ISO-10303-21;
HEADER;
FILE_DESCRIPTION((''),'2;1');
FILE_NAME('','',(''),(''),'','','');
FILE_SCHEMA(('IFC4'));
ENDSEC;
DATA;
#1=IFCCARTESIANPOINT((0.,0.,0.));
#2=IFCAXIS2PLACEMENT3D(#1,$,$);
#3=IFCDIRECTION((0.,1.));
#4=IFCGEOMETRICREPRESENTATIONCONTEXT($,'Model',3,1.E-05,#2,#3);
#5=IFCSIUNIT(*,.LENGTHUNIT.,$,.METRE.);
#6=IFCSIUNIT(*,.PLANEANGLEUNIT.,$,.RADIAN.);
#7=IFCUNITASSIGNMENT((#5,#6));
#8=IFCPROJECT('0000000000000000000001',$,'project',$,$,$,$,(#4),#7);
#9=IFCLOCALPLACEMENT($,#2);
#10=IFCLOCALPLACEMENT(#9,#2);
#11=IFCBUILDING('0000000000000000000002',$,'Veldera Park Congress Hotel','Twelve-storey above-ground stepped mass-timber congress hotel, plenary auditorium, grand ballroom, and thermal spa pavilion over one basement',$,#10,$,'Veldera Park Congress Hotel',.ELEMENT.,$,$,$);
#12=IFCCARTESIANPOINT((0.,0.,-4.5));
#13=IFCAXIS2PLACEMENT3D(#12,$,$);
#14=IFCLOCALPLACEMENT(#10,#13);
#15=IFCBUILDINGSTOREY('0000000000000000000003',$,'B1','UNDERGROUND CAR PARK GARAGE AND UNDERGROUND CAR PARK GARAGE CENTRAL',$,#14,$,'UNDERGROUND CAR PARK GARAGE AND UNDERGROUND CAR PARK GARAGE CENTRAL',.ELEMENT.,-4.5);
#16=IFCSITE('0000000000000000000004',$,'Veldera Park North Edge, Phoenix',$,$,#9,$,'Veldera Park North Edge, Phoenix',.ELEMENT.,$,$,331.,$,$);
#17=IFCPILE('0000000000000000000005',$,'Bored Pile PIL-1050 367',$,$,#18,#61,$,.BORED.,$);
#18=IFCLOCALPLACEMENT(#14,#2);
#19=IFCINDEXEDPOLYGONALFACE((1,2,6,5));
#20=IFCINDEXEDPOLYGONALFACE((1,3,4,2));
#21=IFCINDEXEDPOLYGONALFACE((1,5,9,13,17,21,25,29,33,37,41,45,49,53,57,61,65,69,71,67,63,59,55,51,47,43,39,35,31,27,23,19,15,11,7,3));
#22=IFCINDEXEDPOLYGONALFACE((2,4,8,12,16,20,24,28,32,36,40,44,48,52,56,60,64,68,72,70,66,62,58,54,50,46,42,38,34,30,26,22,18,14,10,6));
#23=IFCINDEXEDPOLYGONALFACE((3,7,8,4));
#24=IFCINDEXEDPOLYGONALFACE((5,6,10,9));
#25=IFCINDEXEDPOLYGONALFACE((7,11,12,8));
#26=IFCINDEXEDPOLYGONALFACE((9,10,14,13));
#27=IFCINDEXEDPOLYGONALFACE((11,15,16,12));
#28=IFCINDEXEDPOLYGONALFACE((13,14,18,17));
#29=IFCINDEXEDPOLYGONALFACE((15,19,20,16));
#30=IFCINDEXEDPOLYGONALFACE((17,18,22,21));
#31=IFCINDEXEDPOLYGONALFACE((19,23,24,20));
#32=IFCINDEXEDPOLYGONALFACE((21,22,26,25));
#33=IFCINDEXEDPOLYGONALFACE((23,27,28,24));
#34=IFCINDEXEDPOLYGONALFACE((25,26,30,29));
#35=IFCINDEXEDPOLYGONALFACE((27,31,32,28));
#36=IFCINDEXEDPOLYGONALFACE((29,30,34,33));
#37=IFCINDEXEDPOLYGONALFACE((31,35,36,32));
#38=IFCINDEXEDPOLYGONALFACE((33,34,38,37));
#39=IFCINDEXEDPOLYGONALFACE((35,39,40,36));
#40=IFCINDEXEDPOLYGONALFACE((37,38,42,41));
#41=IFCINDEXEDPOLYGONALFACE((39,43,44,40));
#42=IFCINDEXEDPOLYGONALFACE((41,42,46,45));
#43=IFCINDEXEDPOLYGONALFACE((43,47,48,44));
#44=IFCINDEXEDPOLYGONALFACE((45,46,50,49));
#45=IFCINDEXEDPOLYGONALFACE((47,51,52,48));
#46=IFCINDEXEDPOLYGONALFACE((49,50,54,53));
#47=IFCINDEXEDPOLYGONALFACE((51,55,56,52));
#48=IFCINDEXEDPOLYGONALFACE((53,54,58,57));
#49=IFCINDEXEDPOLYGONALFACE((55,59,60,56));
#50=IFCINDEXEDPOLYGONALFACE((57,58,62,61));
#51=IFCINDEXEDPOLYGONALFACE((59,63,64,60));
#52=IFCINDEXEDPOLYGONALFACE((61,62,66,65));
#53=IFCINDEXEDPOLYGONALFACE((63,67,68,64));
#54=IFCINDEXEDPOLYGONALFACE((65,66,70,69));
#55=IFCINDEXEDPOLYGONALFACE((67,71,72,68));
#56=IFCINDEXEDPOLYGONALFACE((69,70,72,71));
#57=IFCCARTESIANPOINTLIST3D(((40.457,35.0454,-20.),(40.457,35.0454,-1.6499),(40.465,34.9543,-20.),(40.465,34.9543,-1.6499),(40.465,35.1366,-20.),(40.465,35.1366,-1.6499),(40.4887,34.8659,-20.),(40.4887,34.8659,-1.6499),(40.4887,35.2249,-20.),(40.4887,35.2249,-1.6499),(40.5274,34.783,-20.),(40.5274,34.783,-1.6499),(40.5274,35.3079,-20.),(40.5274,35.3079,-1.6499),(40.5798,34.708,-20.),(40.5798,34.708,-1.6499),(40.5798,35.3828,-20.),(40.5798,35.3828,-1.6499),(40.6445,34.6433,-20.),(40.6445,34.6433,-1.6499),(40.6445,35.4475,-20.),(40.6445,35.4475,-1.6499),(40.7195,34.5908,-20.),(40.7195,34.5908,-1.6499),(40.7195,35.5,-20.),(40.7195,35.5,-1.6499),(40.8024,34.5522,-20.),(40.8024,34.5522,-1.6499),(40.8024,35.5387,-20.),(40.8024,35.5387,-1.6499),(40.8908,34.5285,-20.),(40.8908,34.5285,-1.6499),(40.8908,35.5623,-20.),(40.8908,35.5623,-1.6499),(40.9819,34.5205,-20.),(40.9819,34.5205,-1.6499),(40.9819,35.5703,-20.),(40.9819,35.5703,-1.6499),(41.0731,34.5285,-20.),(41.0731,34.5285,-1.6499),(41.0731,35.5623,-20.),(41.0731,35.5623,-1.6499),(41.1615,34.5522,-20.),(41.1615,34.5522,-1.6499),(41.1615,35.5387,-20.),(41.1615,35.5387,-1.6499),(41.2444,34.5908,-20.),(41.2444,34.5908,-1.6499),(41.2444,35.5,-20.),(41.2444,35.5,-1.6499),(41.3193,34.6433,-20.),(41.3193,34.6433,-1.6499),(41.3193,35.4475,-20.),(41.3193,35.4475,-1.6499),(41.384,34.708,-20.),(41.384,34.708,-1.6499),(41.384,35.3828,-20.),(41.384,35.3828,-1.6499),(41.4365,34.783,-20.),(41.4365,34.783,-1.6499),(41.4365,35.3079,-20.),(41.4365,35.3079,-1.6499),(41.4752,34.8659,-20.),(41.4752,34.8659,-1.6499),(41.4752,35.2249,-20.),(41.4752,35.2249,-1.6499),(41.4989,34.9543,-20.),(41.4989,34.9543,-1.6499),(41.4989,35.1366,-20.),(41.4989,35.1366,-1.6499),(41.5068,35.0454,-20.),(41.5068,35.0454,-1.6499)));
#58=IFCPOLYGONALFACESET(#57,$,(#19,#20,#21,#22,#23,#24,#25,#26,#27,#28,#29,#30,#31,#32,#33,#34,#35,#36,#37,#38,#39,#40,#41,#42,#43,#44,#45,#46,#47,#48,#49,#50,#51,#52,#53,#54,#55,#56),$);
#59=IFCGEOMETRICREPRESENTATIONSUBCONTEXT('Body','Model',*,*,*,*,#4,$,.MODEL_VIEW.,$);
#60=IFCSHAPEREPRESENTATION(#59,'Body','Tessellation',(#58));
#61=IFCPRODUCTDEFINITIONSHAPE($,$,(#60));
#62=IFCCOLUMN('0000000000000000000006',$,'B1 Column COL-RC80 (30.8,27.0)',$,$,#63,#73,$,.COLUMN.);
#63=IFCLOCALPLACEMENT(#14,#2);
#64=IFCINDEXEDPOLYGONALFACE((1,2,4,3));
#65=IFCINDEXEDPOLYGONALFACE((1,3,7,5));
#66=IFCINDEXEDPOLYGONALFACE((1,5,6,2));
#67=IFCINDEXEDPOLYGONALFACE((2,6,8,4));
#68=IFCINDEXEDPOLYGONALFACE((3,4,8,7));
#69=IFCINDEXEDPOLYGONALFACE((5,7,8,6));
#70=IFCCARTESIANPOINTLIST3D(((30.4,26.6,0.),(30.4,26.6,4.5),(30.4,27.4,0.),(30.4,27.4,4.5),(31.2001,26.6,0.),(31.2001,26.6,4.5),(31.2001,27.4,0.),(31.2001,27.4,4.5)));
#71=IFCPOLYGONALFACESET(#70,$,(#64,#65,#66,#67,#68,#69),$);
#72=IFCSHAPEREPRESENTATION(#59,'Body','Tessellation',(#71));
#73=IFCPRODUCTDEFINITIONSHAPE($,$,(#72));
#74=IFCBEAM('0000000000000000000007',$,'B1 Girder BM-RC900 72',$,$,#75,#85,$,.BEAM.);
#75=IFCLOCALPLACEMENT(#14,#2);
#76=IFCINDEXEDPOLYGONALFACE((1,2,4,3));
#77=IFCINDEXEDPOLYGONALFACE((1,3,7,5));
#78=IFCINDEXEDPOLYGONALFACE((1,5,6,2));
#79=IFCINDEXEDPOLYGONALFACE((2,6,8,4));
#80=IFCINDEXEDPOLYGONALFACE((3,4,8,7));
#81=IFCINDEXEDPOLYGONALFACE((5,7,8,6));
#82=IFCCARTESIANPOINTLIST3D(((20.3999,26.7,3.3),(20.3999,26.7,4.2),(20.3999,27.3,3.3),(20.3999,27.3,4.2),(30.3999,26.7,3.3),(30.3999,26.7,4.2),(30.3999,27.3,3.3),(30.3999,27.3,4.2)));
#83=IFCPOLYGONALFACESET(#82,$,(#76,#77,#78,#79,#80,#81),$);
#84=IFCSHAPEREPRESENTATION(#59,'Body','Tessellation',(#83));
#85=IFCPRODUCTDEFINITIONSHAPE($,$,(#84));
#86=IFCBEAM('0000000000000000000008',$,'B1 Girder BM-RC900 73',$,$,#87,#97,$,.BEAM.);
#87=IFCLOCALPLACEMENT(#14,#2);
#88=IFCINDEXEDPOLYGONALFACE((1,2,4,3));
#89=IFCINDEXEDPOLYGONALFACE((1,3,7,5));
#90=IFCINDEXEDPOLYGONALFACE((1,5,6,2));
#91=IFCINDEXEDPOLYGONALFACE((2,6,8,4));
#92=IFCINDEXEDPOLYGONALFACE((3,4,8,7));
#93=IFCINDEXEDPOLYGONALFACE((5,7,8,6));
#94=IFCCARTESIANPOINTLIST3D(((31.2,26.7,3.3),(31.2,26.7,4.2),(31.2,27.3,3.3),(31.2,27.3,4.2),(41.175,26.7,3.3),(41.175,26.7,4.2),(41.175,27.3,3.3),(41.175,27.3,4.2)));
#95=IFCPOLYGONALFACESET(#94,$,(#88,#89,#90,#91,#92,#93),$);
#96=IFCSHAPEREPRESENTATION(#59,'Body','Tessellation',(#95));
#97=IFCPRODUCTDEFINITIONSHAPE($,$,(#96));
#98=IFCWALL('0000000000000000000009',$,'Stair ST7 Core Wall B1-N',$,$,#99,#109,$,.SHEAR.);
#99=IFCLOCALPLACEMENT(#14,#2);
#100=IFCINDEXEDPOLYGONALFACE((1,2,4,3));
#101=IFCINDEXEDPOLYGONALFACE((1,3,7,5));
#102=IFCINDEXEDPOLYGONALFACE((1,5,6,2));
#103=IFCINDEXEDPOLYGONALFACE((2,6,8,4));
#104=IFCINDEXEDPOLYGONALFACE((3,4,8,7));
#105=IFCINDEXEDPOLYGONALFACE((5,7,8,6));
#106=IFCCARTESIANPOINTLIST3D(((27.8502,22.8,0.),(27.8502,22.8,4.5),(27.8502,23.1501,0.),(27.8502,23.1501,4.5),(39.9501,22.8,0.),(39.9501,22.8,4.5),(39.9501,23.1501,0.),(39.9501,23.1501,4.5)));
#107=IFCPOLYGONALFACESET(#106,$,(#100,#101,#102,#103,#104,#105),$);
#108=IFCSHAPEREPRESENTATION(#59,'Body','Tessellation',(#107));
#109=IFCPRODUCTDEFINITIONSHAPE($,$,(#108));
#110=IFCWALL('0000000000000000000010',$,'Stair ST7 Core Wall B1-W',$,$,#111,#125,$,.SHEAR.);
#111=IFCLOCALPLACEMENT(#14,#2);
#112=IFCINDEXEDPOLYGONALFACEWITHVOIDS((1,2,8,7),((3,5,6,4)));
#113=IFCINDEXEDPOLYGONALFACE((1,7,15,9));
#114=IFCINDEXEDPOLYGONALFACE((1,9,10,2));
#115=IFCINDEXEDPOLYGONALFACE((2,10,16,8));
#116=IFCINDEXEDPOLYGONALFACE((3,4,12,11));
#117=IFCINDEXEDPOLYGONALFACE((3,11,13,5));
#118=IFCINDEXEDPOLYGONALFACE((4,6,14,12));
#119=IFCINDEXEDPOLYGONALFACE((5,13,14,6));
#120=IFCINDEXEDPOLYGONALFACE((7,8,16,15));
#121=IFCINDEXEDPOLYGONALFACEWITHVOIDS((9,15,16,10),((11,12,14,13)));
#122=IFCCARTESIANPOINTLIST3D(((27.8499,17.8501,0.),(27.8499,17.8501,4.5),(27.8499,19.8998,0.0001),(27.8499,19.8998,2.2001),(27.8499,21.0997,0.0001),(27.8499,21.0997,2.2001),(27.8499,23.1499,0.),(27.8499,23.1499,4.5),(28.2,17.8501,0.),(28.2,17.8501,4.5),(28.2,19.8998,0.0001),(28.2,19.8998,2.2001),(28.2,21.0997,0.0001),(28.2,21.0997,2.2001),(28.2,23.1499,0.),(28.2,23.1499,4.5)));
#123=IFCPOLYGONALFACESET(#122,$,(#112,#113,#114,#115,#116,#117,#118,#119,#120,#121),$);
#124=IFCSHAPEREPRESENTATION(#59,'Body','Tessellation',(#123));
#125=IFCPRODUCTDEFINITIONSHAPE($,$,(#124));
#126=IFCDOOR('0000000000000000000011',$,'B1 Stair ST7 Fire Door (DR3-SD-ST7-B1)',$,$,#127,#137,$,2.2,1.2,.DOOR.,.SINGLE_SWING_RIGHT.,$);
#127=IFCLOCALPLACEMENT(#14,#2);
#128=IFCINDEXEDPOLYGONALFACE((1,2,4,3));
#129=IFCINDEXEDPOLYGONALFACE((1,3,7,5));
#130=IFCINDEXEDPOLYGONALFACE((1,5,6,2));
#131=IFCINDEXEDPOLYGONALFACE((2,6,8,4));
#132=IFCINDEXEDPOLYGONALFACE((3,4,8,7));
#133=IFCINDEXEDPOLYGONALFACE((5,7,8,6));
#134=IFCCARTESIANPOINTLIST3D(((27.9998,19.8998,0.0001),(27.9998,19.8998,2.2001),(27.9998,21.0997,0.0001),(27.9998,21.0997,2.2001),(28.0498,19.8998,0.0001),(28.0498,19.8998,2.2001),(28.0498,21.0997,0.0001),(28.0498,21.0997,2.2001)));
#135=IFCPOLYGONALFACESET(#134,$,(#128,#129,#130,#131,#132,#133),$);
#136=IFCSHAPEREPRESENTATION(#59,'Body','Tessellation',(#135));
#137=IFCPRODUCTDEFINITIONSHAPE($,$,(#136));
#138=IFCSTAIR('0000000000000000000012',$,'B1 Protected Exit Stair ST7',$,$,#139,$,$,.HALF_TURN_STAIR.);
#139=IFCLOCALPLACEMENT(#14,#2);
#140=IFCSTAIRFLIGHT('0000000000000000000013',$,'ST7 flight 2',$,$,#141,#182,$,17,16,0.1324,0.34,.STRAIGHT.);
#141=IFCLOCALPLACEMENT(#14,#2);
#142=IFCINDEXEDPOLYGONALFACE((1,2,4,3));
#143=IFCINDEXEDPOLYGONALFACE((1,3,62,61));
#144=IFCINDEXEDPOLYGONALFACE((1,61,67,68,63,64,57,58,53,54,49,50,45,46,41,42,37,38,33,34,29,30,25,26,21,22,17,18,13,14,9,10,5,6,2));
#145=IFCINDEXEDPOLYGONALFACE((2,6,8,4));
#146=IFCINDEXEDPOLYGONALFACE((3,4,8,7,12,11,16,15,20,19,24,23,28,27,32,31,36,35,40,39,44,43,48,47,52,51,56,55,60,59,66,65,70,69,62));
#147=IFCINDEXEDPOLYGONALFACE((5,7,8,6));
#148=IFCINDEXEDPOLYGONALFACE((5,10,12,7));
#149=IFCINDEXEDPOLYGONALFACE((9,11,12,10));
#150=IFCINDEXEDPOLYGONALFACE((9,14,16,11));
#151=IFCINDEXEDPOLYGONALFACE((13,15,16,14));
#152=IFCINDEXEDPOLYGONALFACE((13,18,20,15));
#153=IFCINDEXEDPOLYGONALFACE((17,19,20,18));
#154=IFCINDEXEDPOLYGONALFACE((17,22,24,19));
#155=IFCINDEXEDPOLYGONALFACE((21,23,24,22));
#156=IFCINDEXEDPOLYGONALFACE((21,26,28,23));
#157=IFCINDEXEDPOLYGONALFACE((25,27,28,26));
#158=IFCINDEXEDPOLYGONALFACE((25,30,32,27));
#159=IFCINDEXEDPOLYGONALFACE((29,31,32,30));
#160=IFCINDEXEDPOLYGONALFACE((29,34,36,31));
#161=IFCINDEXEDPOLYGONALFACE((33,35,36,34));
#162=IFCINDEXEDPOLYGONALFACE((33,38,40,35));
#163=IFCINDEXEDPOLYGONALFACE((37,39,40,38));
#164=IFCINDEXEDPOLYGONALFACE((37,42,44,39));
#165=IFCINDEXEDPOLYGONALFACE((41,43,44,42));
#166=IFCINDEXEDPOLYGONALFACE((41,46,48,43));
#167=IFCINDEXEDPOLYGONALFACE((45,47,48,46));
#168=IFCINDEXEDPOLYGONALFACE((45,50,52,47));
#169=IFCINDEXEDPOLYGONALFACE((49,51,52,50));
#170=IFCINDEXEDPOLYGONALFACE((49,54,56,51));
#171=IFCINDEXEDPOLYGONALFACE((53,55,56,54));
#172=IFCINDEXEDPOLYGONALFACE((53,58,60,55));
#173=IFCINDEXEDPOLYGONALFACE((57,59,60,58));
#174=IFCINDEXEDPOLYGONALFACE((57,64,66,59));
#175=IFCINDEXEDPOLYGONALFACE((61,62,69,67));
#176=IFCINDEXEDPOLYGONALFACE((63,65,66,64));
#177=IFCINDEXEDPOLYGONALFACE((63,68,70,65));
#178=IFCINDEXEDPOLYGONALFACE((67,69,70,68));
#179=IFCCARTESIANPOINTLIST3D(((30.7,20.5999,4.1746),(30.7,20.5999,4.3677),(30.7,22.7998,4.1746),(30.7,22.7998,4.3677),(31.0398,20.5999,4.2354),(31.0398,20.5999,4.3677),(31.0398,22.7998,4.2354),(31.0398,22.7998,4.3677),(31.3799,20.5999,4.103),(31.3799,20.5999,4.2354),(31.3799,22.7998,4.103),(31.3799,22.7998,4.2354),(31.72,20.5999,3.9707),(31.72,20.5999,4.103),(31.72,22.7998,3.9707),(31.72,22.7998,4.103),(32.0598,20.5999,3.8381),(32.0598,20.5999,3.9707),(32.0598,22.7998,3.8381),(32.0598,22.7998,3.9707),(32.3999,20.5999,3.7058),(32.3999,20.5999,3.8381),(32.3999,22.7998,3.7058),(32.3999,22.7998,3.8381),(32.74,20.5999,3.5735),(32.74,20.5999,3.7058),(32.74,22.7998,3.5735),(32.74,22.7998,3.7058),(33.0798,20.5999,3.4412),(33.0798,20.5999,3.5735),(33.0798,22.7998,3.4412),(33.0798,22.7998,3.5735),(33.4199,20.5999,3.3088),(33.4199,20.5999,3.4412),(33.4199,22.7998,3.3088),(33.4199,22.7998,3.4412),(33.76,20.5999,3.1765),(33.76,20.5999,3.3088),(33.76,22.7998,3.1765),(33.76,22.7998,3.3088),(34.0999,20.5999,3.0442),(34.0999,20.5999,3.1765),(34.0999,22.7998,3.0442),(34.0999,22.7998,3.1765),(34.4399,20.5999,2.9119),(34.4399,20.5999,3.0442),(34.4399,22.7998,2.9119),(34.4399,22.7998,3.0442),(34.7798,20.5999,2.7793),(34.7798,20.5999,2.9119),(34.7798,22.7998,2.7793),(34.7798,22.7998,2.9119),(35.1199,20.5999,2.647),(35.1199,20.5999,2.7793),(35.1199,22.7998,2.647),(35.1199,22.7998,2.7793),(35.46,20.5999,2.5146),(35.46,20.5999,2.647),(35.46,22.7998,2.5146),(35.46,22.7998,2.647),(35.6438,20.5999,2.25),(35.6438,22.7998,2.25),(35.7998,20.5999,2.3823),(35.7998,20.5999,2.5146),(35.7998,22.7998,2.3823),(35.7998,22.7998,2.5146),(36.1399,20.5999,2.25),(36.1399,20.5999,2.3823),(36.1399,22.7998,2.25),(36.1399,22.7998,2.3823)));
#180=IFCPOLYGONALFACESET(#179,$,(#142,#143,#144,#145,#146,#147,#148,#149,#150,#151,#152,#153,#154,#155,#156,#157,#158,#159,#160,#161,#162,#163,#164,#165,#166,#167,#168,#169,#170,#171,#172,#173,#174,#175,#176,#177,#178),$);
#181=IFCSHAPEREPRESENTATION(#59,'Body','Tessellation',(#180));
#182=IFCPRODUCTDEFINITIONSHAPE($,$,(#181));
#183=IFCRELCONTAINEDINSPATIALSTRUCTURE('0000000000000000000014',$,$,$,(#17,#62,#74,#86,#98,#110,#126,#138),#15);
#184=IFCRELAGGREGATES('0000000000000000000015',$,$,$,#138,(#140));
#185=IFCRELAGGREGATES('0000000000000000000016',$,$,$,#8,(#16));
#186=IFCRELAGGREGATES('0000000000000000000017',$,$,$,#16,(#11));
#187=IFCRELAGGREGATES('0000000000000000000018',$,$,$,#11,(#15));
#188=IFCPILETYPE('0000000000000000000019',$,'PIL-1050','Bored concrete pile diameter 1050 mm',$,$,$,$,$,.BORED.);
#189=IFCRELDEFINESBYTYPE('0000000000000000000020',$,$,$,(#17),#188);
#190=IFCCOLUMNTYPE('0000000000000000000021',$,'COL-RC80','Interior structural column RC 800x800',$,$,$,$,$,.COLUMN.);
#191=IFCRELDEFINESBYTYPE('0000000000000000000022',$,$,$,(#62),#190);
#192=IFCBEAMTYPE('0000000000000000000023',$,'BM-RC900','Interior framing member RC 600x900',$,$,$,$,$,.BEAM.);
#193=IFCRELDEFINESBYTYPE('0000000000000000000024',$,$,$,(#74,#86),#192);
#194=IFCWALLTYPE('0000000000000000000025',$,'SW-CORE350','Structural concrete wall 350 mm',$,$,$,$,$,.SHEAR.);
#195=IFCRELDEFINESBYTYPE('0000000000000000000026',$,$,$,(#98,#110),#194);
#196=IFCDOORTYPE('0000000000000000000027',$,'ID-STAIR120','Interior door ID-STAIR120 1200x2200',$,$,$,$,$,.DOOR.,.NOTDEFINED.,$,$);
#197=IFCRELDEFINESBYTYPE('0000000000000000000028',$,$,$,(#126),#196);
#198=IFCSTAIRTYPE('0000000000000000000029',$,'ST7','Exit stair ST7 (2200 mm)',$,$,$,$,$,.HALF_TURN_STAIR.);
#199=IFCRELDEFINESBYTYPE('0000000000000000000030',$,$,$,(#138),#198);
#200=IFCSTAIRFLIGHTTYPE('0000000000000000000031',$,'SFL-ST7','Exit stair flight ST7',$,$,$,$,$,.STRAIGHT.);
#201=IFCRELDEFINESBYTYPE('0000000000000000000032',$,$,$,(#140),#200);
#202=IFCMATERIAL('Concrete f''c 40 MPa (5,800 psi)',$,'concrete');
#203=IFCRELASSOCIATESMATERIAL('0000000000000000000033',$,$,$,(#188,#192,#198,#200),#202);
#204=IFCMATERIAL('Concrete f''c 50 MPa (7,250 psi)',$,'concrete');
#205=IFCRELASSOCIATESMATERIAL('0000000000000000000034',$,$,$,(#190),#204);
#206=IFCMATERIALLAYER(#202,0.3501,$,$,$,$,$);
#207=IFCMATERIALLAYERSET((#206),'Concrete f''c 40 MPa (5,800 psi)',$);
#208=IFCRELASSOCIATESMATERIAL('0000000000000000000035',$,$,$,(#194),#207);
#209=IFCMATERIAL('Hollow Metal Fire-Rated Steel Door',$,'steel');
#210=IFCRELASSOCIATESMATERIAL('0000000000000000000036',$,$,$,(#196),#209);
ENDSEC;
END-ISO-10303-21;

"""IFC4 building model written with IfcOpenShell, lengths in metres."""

from ifc_helpers import new_model, si_unit, direction, frame, frame_2d, origin, origin_2d, place, context, subcontext, project, spatial, polyline, rectangle, circle, outline, extrude, material, layer, layer_set, material_profile, profile_set, type_object, element, fill, aggregate, save


model = new_model("IFC4")

# Units and contexts
model_context = context("Model", 3, precision=1e-05, world=origin(), true_north=direction((0.0, 1.0)))
body_context = subcontext(model_context, "Body", "Model", "MODEL_VIEW")
ifc_project = project(units=[si_unit("LENGTHUNIT", "METRE"), si_unit("PLANEANGLEUNIT", "RADIAN")], contexts=[model_context])

# Site, building, storey
site_placement = place(None, origin())
site = spatial("IfcSite", under=ifc_project, at=site_placement, Name="Veldera Park North Edge, Phoenix", LongName="Veldera Park North Edge, Phoenix", CompositionType="ELEMENT", RefElevation=331.0)
building_placement = place(site_placement, origin())
building = spatial("IfcBuilding", under=site, at=building_placement, Name="Veldera Park Congress Hotel", Description="Twelve-storey above-ground stepped mass-timber congress hotel, plenary auditorium, grand ballroom, and thermal spa pavilion over one basement", LongName="Veldera Park Congress Hotel", CompositionType="ELEMENT")
storey_placement = place(building_placement, frame((0.0, 0.0, -4.5)))
storey = spatial("IfcBuildingStorey", under=building, at=storey_placement, Name="B1", Description="UNDERGROUND CAR PARK GARAGE AND UNDERGROUND CAR PARK GARAGE CENTRAL", LongName="UNDERGROUND CAR PARK GARAGE AND UNDERGROUND CAR PARK GARAGE CENTRAL", CompositionType="ELEMENT", Elevation=-4.5)

# Shared definitions
ifc_material_1 = material(Name="Concrete f'c 40 MPa (5,800 psi)", Category="concrete")

# Pile
ifc_material_profile_1 = material_profile(ifc_material_1, circle(Radius=0.5249, at=origin_2d()), Name="PILE D1050")
ifc_profile_set_1 = profile_set([ifc_material_profile_1], Name="Concrete f'c 40 MPa (5,800 psi)")
pile_type = type_object("IfcPileType", Name="PIL-1050", Description="Bored concrete pile diameter 1050 mm", PredefinedType="BORED", material=ifc_profile_set_1)
for number, where, z_axis, x_axis, name in (
    (1, (40.9819, 35.0454, -1.6499), (0.0, 0.0, -1.0), (1.0, 0.0, 0.0), "Bored Pile PIL-1050 367"),
):
    element("IfcPile", number, at=place(storey_placement, frame(where, z_axis=z_axis, x_axis=x_axis)), inside=storey, type_object=pile_type, Name=name, PredefinedType="BORED", context=body_context, shape_type="SweptSolid", body=[
        extrude(circle(Radius=0.5249, at=origin_2d()), origin(), (0.0, 0.0, 1.0), 18.3501),
    ])

# Column
ifc_material_2 = material(Name="Concrete f'c 50 MPa (7,250 psi)", Category="concrete")
ifc_material_profile_2 = material_profile(ifc_material_2, rectangle(XDim=0.8, YDim=0.8, at=origin_2d()), Name="RC 800x800")
ifc_profile_set_2 = profile_set([ifc_material_profile_2], Name="Concrete f'c 50 MPa (7,250 psi)")
column_type = type_object("IfcColumnType", Name="COL-RC80", Description="Interior structural column RC 800x800", PredefinedType="COLUMN", material=ifc_profile_set_2)
column_placement = place(storey_placement, frame((30.8, 27.0, 0.0), z_axis=(0.0, 0.0, 1.0), x_axis=(1.0, 0.0, 0.0)))
element("IfcColumn", 2, at=column_placement, inside=storey, type_object=column_type, Name="B1 Column COL-RC80 (30.8,27.0)", PredefinedType="COLUMN", context=body_context, shape_type="SweptSolid", body=[
    extrude(rectangle(XDim=0.8, YDim=0.8, at=origin_2d()), origin(), (0.0, 0.0, 1.0), 4.5),
])

# Beams
ifc_material_profile_3 = material_profile(ifc_material_1, rectangle(XDim=0.6001, YDim=0.8999, at=origin_2d()), Name="RC 600x900")
ifc_profile_set_3 = profile_set([ifc_material_profile_3], Name="Concrete f'c 40 MPa (5,800 psi)")
beam_type = type_object("IfcBeamType", Name="BM-RC900", Description="Interior framing member RC 600x900", PredefinedType="BEAM", material=ifc_profile_set_3)
beam_1_placement = place(storey_placement, frame((20.3999, 27.0, 3.75), z_axis=(1.0, 0.0, 0.0), x_axis=(0.0, 1.0, 0.0)))
element("IfcBeam", 3, at=beam_1_placement, inside=storey, type_object=beam_type, Name="B1 Girder BM-RC900 72", PredefinedType="BEAM", context=body_context, shape_type="SweptSolid", body=[
    extrude(rectangle(XDim=0.6001, YDim=0.8999, at=origin_2d()), origin(), (0.0, 0.0, 1.0), 10.0),
])
beam_2_placement = place(storey_placement, frame((31.2, 27.0, 3.75), z_axis=(1.0, 0.0, 0.0), x_axis=(0.0, 1.0, 0.0)))
element("IfcBeam", 4, at=beam_2_placement, inside=storey, type_object=beam_type, Name="B1 Girder BM-RC900 73", PredefinedType="BEAM", context=body_context, shape_type="SweptSolid", body=[
    extrude(rectangle(XDim=0.6001, YDim=0.8999, at=origin_2d()), origin(), (0.0, 0.0, 1.0), 9.9751),
])

# Wall
ifc_layer = layer(ifc_material_1, 0.3501)
ifc_layer_set = layer_set([ifc_layer], Name="Concrete f'c 40 MPa (5,800 psi)")
wall_type = type_object("IfcWallType", Name="SW-CORE350", Description="Structural concrete wall 350 mm", PredefinedType="SHEAR", material=ifc_layer_set)
wall_1_placement = place(storey_placement, frame((39.95, 22.9751, 0.0), z_axis=(0.0, 0.0, 1.0), x_axis=(-1.0, 0.0, 0.0)))
element("IfcWall", 5, at=wall_1_placement, inside=storey, type_object=wall_type, Name="Stair ST7 Core Wall B1-N", PredefinedType="SHEAR", context=body_context, shape_type="SweptSolid", body=[
    extrude(rectangle(XDim=12.0999, YDim=0.3501, at=frame_2d((6.0498, 0.0))), origin(), (0.0, 0.0, 1.0), 4.5),
])

# Wall, opening, door
wall_2_placement = place(storey_placement, frame((28.0249, 23.1499, 0.0), z_axis=(0.0, 0.0, 1.0), x_axis=(0.0, -1.0, 0.0)))
wall_2 = element("IfcWall", 6, at=wall_2_placement, inside=storey, type_object=wall_type, Name="Stair ST7 Core Wall B1-W", PredefinedType="SHEAR", context=body_context, shape_type="SweptSolid", body=[
    extrude(rectangle(XDim=5.2998, YDim=0.3501, at=frame_2d((2.6499, 0.0))), origin(), (0.0, 0.0, 1.0), 4.5),
])
opening_placement = place(wall_2_placement, frame((2.05, 0.0, 0.0)))
opening = element("IfcOpeningElement", 7, at=opening_placement, cuts=wall_2, PredefinedType="OPENING", context=body_context, shape_type="SweptSolid", body=[
    extrude(rectangle(XDim=1.2, YDim=2.2, at=frame_2d((0.6001, 1.1001))), frame((0.0, 0.187, 0.0), z_axis=(0.0, -1.0, 0.0), x_axis=(1.0, 0.0, 0.0)), (0.0, 0.0, 1.0), 0.374),
])
ifc_material_3 = material(Name="Hollow Metal Fire-Rated Steel Door", Category="steel")
door_type = type_object("IfcDoorType", Name="ID-STAIR120", Description="Interior door ID-STAIR120 1200x2200", OperationType="NOTDEFINED", PredefinedType="DOOR", material=ifc_material_3)
door_placement = place(opening_placement, origin())
door = element("IfcDoor", 8, at=door_placement, inside=storey, type_object=door_type, Name="B1 Stair ST7 Fire Door (DR3-SD-ST7-B1)", OperationType="SINGLE_SWING_RIGHT", OverallHeight=2.2, OverallWidth=1.2, PredefinedType="DOOR", context=body_context, shape_type="SweptSolid", body=[
    extrude(rectangle(XDim=1.2, YDim=2.2, at=frame_2d((0.6001, 1.1001))), frame((0.0, 0.0249, 0.0), z_axis=(0.0, -1.0, 0.0), x_axis=(1.0, 0.0, 0.0)), (0.0, 0.0, 1.0), 0.05),
])
fill(opening, door)

# Stair, stair flight
stair_type = type_object("IfcStairType", Name="ST7", Description="Exit stair ST7 (2200 mm)", PredefinedType="HALF_TURN_STAIR", material=ifc_material_1)
stair_placement = place(storey_placement, origin())
stair = element("IfcStair", 9, at=stair_placement, inside=storey, type_object=stair_type, Name="B1 Protected Exit Stair ST7", PredefinedType="HALF_TURN_STAIR")
stair_flight_type = type_object("IfcStairFlightType", Name="SFL-ST7", Description="Exit stair flight ST7", PredefinedType="STRAIGHT", material=ifc_material_1)
stair_flight_placement = place(storey_placement, frame((36.1399, 21.7, 2.25), z_axis=(0.0, 0.0, 1.0), x_axis=(-1.0, 0.0, 0.0)))
stair_flight = element("IfcStairFlight", 10, at=stair_flight_placement, type_object=stair_flight_type, Name="ST7 flight 2", NumberOfRisers=17, NumberOfTreads=16, PredefinedType="STRAIGHT", RiserHeight=0.1324, TreadLength=0.34, context=body_context, shape_type="SweptSolid", body=[
    extrude(outline(polyline([(0.0, 0.0), (0.0, 0.1323), (0.3401, 0.1323), (0.3401, 0.2646), (0.6799, 0.2646), (0.6799, 0.397), (1.02, 0.397), (1.02, 0.5293), (1.3601, 0.5293), (1.3601, 0.6619), (1.7, 0.6619), (1.7, 0.7942), (2.04, 0.7942), (2.04, 0.9265), (2.3799, 0.9265), (2.3799, 1.0588), (2.72, 1.0588), (2.72, 1.1912), (3.0601, 1.1912), (3.0601, 1.3235), (3.3999, 1.3235), (3.3999, 1.4558), (3.74, 1.4558), (3.74, 1.5881), (4.0801, 1.5881), (4.0801, 1.7207), (4.4199, 1.7207), (4.4199, 1.853), (4.76, 1.853), (4.76, 1.9854), (5.1001, 1.9854), (5.1001, 2.1177), (5.4399, 2.1177), (5.4399, 2.25), (5.4399, 2.25), (5.4399, 1.9246), (0.4961, 0.0), (0.0, 0.0)])), frame((0.0, 1.1001, 0.0), z_axis=(0.0, -1.0, 0.0), x_axis=(1.0, 0.0, 0.0)), (0.0, 0.0, 1.0), 2.2),
])
aggregate(stair, [stair_flight])

save(model, "model.ifc")
